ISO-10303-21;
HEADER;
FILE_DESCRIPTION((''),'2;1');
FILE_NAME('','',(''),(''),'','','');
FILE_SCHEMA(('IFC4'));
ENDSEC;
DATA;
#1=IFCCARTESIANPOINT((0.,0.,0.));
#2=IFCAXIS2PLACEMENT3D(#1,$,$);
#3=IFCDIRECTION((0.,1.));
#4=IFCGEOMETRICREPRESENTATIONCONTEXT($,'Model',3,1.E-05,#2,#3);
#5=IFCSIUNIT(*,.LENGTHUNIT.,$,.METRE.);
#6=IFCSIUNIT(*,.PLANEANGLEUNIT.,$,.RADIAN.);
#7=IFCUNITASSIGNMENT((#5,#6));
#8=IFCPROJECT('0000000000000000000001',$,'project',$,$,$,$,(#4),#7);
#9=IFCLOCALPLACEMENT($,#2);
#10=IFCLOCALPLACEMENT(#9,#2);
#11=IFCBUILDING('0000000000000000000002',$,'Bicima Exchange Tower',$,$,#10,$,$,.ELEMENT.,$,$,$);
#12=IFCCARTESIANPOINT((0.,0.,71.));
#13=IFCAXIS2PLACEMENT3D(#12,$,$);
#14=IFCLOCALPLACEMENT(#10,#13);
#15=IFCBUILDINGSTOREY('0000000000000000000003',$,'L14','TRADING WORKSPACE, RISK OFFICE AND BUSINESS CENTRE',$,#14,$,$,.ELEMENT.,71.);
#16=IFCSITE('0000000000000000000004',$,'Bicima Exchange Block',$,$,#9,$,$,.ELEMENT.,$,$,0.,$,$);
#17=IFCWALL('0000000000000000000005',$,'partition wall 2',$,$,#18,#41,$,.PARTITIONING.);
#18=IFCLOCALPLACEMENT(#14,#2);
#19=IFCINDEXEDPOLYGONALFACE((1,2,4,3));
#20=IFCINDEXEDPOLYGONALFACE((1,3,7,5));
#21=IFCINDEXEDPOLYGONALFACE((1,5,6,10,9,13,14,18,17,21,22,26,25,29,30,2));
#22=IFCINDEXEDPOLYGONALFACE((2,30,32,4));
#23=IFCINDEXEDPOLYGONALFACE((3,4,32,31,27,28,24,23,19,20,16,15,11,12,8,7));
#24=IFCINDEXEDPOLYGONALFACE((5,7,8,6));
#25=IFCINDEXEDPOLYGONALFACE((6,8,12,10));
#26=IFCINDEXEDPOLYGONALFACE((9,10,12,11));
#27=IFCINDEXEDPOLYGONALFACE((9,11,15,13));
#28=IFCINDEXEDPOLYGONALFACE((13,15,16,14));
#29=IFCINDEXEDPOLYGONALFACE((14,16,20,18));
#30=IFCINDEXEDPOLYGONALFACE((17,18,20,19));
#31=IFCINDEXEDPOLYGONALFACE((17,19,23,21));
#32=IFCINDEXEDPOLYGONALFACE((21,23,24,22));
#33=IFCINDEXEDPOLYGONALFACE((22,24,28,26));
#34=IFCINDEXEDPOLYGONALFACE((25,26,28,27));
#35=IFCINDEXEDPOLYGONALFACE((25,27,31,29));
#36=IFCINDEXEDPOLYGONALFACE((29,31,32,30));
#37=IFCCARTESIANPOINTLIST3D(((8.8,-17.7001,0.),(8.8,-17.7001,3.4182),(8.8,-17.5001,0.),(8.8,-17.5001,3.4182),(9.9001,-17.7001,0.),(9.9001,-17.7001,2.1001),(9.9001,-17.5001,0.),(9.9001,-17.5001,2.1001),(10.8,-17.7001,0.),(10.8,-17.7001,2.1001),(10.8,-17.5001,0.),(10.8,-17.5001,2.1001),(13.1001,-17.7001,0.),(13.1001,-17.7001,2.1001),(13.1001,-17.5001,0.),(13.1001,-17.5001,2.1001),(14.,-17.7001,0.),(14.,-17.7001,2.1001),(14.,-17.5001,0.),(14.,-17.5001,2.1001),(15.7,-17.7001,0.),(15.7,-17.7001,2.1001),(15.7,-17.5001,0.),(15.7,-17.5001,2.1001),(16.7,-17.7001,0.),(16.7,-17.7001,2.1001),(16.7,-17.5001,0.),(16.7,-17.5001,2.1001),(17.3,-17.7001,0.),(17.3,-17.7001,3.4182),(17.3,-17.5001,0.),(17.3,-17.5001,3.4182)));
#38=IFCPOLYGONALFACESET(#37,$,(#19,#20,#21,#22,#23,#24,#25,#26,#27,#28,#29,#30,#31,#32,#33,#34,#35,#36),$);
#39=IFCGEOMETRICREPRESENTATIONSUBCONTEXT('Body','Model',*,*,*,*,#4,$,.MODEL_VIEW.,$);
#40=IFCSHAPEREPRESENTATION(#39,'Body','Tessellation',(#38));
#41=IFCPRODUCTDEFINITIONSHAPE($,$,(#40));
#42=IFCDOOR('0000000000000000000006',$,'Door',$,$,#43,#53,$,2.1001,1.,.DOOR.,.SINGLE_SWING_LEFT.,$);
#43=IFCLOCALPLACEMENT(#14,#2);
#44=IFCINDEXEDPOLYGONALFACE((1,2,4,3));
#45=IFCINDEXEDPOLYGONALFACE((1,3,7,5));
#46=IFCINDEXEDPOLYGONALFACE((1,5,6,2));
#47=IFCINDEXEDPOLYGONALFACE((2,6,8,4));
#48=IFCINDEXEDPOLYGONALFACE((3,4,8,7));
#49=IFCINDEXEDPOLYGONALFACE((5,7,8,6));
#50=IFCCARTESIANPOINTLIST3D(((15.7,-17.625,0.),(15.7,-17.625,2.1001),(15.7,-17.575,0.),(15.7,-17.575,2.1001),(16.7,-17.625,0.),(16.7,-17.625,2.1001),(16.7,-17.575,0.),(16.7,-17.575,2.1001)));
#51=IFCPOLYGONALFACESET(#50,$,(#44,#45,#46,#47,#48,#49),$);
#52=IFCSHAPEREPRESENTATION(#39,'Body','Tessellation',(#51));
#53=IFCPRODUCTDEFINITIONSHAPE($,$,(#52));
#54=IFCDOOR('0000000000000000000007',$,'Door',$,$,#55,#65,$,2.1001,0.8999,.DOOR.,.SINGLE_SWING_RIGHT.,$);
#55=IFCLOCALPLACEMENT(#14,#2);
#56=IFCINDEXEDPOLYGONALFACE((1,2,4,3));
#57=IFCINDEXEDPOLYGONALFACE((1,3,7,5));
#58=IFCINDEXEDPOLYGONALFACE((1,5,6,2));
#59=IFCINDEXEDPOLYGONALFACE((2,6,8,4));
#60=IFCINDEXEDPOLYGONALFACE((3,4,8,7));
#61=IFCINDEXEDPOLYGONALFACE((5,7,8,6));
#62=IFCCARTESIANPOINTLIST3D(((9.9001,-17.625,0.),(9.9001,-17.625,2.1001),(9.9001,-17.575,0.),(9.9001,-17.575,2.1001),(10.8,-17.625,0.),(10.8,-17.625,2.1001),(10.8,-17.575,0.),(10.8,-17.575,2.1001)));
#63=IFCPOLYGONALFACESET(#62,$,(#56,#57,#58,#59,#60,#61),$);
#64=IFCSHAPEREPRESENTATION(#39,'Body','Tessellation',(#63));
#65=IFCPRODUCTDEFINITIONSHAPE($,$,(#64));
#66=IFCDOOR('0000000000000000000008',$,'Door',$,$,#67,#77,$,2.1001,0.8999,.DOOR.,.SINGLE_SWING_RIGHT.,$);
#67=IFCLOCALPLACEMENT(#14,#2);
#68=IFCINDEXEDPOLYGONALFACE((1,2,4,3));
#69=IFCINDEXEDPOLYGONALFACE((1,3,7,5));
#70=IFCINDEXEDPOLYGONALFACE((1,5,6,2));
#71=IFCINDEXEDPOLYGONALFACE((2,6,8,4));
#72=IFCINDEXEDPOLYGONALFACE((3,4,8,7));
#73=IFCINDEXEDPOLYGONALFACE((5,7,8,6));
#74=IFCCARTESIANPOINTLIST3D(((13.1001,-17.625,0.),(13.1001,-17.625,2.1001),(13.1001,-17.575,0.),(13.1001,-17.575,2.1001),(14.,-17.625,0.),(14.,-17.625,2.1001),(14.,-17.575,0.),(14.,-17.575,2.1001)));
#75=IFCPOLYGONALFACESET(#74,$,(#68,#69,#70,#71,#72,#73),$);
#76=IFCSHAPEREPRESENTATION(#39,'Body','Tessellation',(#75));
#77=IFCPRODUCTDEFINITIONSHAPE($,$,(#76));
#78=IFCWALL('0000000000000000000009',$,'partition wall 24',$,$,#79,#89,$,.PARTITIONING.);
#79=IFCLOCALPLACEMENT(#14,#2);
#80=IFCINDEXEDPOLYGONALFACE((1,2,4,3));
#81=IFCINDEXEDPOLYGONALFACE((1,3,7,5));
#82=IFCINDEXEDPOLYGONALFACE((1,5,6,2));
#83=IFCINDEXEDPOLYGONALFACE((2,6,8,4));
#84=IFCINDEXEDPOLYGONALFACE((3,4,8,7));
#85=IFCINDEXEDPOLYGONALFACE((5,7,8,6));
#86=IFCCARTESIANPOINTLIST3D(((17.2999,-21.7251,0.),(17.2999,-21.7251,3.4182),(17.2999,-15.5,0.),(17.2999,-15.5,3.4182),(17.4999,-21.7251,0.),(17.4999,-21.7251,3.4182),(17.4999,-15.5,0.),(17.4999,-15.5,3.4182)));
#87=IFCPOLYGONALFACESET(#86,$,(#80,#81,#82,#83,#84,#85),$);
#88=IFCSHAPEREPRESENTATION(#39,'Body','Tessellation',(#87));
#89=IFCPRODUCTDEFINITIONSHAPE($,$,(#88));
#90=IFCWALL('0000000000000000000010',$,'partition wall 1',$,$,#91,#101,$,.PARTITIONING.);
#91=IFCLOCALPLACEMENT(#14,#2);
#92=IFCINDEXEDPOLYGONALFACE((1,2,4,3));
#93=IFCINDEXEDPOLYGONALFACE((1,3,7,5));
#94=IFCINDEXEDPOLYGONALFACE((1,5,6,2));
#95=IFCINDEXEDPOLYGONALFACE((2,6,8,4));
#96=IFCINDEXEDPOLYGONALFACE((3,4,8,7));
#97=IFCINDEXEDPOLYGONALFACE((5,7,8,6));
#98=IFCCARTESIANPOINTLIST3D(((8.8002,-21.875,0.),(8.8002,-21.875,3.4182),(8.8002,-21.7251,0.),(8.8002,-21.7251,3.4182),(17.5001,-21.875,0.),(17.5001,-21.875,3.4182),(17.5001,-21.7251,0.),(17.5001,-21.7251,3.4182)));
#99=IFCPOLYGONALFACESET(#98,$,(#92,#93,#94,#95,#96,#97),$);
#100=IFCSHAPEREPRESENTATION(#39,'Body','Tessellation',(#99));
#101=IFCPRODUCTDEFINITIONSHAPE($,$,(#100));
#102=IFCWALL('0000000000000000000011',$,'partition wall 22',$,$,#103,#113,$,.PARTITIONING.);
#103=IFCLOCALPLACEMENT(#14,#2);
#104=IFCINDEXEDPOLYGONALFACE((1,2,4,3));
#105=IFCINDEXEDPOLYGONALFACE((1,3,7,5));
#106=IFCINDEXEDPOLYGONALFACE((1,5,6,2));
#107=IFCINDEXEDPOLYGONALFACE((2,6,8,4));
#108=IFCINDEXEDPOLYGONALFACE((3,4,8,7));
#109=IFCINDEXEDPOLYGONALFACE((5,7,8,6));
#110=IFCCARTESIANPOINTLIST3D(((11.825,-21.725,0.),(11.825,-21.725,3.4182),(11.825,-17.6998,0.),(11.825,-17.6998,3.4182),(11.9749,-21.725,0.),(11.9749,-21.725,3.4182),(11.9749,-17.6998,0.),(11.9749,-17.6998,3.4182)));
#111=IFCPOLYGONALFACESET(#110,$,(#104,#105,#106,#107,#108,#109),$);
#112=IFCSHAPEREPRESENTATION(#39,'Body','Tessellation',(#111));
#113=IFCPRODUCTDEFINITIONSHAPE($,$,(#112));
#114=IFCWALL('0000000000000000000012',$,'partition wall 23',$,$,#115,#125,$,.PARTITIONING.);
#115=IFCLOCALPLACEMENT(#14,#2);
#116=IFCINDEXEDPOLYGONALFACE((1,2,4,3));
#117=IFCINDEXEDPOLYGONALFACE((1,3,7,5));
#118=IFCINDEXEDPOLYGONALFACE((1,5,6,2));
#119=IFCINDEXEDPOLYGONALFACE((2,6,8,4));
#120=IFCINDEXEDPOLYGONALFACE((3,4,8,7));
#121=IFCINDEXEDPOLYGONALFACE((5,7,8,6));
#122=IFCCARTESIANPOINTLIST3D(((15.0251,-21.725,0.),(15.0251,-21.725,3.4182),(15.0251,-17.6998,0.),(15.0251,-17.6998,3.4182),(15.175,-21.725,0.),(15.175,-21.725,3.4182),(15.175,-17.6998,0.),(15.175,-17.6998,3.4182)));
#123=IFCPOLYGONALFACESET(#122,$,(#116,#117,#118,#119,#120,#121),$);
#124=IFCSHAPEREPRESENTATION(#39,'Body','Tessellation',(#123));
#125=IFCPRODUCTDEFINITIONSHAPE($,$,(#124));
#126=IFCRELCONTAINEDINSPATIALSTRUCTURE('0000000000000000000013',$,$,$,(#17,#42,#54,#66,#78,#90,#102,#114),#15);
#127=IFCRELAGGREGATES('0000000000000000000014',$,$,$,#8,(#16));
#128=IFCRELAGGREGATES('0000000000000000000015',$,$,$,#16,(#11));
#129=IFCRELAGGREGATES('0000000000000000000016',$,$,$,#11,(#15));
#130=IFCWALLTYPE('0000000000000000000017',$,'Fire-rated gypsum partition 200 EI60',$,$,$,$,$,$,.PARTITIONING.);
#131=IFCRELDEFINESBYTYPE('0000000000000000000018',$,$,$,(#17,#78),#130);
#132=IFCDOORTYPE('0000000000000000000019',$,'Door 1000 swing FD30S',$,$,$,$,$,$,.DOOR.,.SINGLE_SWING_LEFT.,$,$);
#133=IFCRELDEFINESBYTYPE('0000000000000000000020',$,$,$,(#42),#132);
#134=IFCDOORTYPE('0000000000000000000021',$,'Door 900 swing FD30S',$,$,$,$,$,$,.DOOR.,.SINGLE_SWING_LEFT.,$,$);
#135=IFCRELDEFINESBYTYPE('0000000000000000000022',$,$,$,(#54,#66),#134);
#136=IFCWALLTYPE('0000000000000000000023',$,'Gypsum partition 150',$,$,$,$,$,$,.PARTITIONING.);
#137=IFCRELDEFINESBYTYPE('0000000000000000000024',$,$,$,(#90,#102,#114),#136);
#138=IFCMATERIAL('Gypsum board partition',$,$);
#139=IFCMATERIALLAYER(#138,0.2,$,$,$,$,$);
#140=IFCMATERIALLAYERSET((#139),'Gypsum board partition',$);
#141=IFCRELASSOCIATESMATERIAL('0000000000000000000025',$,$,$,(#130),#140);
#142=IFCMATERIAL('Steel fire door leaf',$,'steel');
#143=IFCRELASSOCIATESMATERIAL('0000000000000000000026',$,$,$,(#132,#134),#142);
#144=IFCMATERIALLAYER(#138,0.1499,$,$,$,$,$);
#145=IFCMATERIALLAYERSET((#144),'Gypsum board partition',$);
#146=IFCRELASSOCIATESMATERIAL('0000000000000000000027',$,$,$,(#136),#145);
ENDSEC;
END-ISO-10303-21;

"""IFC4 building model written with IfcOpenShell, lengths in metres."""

from ifc_helpers import new_model, si_unit, direction, frame, frame_2d, origin, place, context, subcontext, project, spatial, rectangle, extrude, material, layer, layer_set, type_object, element, fill, save


model = new_model("IFC4")

# Units and contexts
model_context = context("Model", 3, precision=1e-05, world=origin(), true_north=direction((0.0, 1.0)))
body_context = subcontext(model_context, "Body", "Model", "MODEL_VIEW")
ifc_project = project(units=[si_unit("LENGTHUNIT", "METRE"), si_unit("PLANEANGLEUNIT", "RADIAN")], contexts=[model_context])

# Site, building, storey
site_placement = place(None, origin())
site = spatial("IfcSite", under=ifc_project, at=site_placement, Name="Bicima Exchange Block", CompositionType="ELEMENT", RefElevation=0.0)
building_placement = place(site_placement, origin())
building = spatial("IfcBuilding", under=site, at=building_placement, Name="Bicima Exchange Tower", CompositionType="ELEMENT")
storey_placement = place(building_placement, frame((0.0, 0.0, 71.0)))
storey = spatial("IfcBuildingStorey", under=building, at=storey_placement, Name="L14", Description="TRADING WORKSPACE, RISK OFFICE AND BUSINESS CENTRE", CompositionType="ELEMENT", Elevation=71.0)

# Wall, openings, doors
ifc_material_1 = material(Name="Gypsum board partition")
ifc_layer_1 = layer(ifc_material_1, 0.2)
ifc_layer_set_1 = layer_set([ifc_layer_1], Name="Gypsum board partition")
wall_type_1 = type_object("IfcWallType", Name="Fire-rated gypsum partition 200 EI60", PredefinedType="PARTITIONING", material=ifc_layer_set_1)
wall_1_placement = place(storey_placement, frame((8.8, -17.6001, 0.0), z_axis=(0.0, 0.0, 1.0), x_axis=(1.0, 0.0, 0.0)))
wall_1 = element("IfcWall", 1, at=wall_1_placement, inside=storey, type_object=wall_type_1, Name="partition wall 2", PredefinedType="PARTITIONING", context=body_context, shape_type="SweptSolid", body=[
    extrude(rectangle(XDim=8.5, YDim=0.2, at=frame_2d((4.25, 0.0))), origin(), (0.0, 0.0, 1.0), 3.4182),
])
opening_1_placement = place(wall_1_placement, frame((1.1001, 0.0, 0.0)))
opening_1 = element("IfcOpeningElement", 2, at=opening_1_placement, cuts=wall_1, PredefinedType="OPENING", context=body_context, shape_type="SweptSolid", body=[
    extrude(rectangle(XDim=0.8999, YDim=2.1001, at=frame_2d((0.45, 1.05))), frame((0.0, 0.1118, 0.0), z_axis=(0.0, -1.0, 0.0), x_axis=(1.0, 0.0, 0.0)), (0.0, 0.0, 1.0), 0.2239),
])
opening_2_placement = place(wall_1_placement, frame((4.3, 0.0, 0.0)))
opening_2 = element("IfcOpeningElement", 3, at=opening_2_placement, cuts=wall_1, PredefinedType="OPENING", context=body_context, shape_type="SweptSolid", body=[
    extrude(rectangle(XDim=0.8999, YDim=2.1001, at=frame_2d((0.45, 1.05))), frame((0.0, 0.1118, 0.0), z_axis=(0.0, -1.0, 0.0), x_axis=(1.0, 0.0, 0.0)), (0.0, 0.0, 1.0), 0.2239),
])
opening_3_placement = place(wall_1_placement, frame((6.8999, 0.0, 0.0)))
opening_3 = element("IfcOpeningElement", 4, at=opening_3_placement, cuts=wall_1, PredefinedType="OPENING", context=body_context, shape_type="SweptSolid", body=[
    extrude(rectangle(XDim=1.0, YDim=2.1001, at=frame_2d((0.5, 1.05))), frame((0.0, 0.1118, 0.0), z_axis=(0.0, -1.0, 0.0), x_axis=(1.0, 0.0, 0.0)), (0.0, 0.0, 1.0), 0.2239),
])
ifc_material_2 = material(Name="Steel fire door leaf", Category="steel")
door_type_1 = type_object("IfcDoorType", Name="Door 1000 swing FD30S", OperationType="SINGLE_SWING_LEFT", PredefinedType="DOOR", material=ifc_material_2)
door_1_placement = place(opening_3_placement, frame((1.0, 0.0, 0.0), z_axis=(0.0, 0.0, 1.0), x_axis=(-1.0, 0.0, 0.0)))
door_1 = element("IfcDoor", 5, at=door_1_placement, inside=storey, type_object=door_type_1, Name="Door", OperationType="SINGLE_SWING_LEFT", OverallHeight=2.1001, OverallWidth=1.0, PredefinedType="DOOR", context=body_context, shape_type="SweptSolid", body=[
    extrude(rectangle(XDim=1.0, YDim=2.1001, at=frame_2d((0.5, 1.05))), frame((0.0, 0.0249, 0.0), z_axis=(0.0, -1.0, 0.0), x_axis=(1.0, 0.0, 0.0)), (0.0, 0.0, 1.0), 0.05),
])
fill(opening_3, door_1)
door_type_2 = type_object("IfcDoorType", Name="Door 900 swing FD30S", OperationType="SINGLE_SWING_LEFT", PredefinedType="DOOR", material=ifc_material_2)
door_2_placement = place(opening_1_placement, frame((0.8999, 0.0, 0.0), z_axis=(0.0, 0.0, 1.0), x_axis=(-1.0, 0.0, 0.0)))
door_2 = element("IfcDoor", 6, at=door_2_placement, inside=storey, type_object=door_type_2, Name="Door", OperationType="SINGLE_SWING_RIGHT", OverallHeight=2.1001, OverallWidth=0.8999, PredefinedType="DOOR", context=body_context, shape_type="SweptSolid", body=[
    extrude(rectangle(XDim=0.8999, YDim=2.1001, at=frame_2d((0.45, 1.05))), frame((0.0, 0.0249, 0.0), z_axis=(0.0, -1.0, 0.0), x_axis=(1.0, 0.0, 0.0)), (0.0, 0.0, 1.0), 0.05),
])
fill(opening_1, door_2)
door_3_placement = place(opening_2_placement, frame((0.8999, 0.0, 0.0), z_axis=(0.0, 0.0, 1.0), x_axis=(-1.0, 0.0, 0.0)))
door_3 = element("IfcDoor", 7, at=door_3_placement, inside=storey, type_object=door_type_2, Name="Door", OperationType="SINGLE_SWING_RIGHT", OverallHeight=2.1001, OverallWidth=0.8999, PredefinedType="DOOR", context=body_context, shape_type="SweptSolid", body=[
    extrude(rectangle(XDim=0.8999, YDim=2.1001, at=frame_2d((0.45, 1.05))), frame((0.0, 0.0249, 0.0), z_axis=(0.0, -1.0, 0.0), x_axis=(1.0, 0.0, 0.0)), (0.0, 0.0, 1.0), 0.05),
])
fill(opening_2, door_3)

# Walls
wall_2_placement = place(storey_placement, frame((17.3999, -21.7251, 0.0), z_axis=(0.0, 0.0, 1.0), x_axis=(0.0, 1.0, 0.0)))
element("IfcWall", 8, at=wall_2_placement, inside=storey, type_object=wall_type_1, Name="partition wall 24", PredefinedType="PARTITIONING", context=body_context, shape_type="SweptSolid", body=[
    extrude(rectangle(XDim=6.2251, YDim=0.2, at=frame_2d((3.1125, 0.0))), origin(), (0.0, 0.0, 1.0), 3.4182),
])
ifc_layer_2 = layer(ifc_material_1, 0.1499)
ifc_layer_set_2 = layer_set([ifc_layer_2], Name="Gypsum board partition")
wall_type_2 = type_object("IfcWallType", Name="Gypsum partition 150", PredefinedType="PARTITIONING", material=ifc_layer_set_2)
wall_3_placement = place(storey_placement, frame((8.8, -21.8, 0.0), z_axis=(0.0, 0.0, 1.0), x_axis=(1.0, 0.0, 0.0)))
element("IfcWall", 9, at=wall_3_placement, inside=storey, type_object=wall_type_2, Name="partition wall 1", PredefinedType="PARTITIONING", context=body_context, shape_type="SweptSolid", body=[
    extrude(rectangle(XDim=8.7, YDim=0.1499, at=frame_2d((4.3501, 0.0))), origin(), (0.0, 0.0, 1.0), 3.4182),
])
for number, where, z_axis, x_axis, name in (
    (10, (11.8999, -21.7251, 0.0), (0.0, 0.0, 1.0), (0.0, 1.0, 0.0), "partition wall 22"),
    (11, (15.1001, -21.7251, 0.0), (0.0, 0.0, 1.0), (0.0, 1.0, 0.0), "partition wall 23"),
):
    element("IfcWall", number, at=place(storey_placement, frame(where, z_axis=z_axis, x_axis=x_axis)), inside=storey, type_object=wall_type_2, Name=name, PredefinedType="PARTITIONING", context=body_context, shape_type="SweptSolid", body=[
        extrude(rectangle(XDim=4.0251, YDim=0.1499, at=frame_2d((2.0127, 0.0))), origin(), (0.0, 0.0, 1.0), 3.4182),
    ])

save(model, "model.ifc")
